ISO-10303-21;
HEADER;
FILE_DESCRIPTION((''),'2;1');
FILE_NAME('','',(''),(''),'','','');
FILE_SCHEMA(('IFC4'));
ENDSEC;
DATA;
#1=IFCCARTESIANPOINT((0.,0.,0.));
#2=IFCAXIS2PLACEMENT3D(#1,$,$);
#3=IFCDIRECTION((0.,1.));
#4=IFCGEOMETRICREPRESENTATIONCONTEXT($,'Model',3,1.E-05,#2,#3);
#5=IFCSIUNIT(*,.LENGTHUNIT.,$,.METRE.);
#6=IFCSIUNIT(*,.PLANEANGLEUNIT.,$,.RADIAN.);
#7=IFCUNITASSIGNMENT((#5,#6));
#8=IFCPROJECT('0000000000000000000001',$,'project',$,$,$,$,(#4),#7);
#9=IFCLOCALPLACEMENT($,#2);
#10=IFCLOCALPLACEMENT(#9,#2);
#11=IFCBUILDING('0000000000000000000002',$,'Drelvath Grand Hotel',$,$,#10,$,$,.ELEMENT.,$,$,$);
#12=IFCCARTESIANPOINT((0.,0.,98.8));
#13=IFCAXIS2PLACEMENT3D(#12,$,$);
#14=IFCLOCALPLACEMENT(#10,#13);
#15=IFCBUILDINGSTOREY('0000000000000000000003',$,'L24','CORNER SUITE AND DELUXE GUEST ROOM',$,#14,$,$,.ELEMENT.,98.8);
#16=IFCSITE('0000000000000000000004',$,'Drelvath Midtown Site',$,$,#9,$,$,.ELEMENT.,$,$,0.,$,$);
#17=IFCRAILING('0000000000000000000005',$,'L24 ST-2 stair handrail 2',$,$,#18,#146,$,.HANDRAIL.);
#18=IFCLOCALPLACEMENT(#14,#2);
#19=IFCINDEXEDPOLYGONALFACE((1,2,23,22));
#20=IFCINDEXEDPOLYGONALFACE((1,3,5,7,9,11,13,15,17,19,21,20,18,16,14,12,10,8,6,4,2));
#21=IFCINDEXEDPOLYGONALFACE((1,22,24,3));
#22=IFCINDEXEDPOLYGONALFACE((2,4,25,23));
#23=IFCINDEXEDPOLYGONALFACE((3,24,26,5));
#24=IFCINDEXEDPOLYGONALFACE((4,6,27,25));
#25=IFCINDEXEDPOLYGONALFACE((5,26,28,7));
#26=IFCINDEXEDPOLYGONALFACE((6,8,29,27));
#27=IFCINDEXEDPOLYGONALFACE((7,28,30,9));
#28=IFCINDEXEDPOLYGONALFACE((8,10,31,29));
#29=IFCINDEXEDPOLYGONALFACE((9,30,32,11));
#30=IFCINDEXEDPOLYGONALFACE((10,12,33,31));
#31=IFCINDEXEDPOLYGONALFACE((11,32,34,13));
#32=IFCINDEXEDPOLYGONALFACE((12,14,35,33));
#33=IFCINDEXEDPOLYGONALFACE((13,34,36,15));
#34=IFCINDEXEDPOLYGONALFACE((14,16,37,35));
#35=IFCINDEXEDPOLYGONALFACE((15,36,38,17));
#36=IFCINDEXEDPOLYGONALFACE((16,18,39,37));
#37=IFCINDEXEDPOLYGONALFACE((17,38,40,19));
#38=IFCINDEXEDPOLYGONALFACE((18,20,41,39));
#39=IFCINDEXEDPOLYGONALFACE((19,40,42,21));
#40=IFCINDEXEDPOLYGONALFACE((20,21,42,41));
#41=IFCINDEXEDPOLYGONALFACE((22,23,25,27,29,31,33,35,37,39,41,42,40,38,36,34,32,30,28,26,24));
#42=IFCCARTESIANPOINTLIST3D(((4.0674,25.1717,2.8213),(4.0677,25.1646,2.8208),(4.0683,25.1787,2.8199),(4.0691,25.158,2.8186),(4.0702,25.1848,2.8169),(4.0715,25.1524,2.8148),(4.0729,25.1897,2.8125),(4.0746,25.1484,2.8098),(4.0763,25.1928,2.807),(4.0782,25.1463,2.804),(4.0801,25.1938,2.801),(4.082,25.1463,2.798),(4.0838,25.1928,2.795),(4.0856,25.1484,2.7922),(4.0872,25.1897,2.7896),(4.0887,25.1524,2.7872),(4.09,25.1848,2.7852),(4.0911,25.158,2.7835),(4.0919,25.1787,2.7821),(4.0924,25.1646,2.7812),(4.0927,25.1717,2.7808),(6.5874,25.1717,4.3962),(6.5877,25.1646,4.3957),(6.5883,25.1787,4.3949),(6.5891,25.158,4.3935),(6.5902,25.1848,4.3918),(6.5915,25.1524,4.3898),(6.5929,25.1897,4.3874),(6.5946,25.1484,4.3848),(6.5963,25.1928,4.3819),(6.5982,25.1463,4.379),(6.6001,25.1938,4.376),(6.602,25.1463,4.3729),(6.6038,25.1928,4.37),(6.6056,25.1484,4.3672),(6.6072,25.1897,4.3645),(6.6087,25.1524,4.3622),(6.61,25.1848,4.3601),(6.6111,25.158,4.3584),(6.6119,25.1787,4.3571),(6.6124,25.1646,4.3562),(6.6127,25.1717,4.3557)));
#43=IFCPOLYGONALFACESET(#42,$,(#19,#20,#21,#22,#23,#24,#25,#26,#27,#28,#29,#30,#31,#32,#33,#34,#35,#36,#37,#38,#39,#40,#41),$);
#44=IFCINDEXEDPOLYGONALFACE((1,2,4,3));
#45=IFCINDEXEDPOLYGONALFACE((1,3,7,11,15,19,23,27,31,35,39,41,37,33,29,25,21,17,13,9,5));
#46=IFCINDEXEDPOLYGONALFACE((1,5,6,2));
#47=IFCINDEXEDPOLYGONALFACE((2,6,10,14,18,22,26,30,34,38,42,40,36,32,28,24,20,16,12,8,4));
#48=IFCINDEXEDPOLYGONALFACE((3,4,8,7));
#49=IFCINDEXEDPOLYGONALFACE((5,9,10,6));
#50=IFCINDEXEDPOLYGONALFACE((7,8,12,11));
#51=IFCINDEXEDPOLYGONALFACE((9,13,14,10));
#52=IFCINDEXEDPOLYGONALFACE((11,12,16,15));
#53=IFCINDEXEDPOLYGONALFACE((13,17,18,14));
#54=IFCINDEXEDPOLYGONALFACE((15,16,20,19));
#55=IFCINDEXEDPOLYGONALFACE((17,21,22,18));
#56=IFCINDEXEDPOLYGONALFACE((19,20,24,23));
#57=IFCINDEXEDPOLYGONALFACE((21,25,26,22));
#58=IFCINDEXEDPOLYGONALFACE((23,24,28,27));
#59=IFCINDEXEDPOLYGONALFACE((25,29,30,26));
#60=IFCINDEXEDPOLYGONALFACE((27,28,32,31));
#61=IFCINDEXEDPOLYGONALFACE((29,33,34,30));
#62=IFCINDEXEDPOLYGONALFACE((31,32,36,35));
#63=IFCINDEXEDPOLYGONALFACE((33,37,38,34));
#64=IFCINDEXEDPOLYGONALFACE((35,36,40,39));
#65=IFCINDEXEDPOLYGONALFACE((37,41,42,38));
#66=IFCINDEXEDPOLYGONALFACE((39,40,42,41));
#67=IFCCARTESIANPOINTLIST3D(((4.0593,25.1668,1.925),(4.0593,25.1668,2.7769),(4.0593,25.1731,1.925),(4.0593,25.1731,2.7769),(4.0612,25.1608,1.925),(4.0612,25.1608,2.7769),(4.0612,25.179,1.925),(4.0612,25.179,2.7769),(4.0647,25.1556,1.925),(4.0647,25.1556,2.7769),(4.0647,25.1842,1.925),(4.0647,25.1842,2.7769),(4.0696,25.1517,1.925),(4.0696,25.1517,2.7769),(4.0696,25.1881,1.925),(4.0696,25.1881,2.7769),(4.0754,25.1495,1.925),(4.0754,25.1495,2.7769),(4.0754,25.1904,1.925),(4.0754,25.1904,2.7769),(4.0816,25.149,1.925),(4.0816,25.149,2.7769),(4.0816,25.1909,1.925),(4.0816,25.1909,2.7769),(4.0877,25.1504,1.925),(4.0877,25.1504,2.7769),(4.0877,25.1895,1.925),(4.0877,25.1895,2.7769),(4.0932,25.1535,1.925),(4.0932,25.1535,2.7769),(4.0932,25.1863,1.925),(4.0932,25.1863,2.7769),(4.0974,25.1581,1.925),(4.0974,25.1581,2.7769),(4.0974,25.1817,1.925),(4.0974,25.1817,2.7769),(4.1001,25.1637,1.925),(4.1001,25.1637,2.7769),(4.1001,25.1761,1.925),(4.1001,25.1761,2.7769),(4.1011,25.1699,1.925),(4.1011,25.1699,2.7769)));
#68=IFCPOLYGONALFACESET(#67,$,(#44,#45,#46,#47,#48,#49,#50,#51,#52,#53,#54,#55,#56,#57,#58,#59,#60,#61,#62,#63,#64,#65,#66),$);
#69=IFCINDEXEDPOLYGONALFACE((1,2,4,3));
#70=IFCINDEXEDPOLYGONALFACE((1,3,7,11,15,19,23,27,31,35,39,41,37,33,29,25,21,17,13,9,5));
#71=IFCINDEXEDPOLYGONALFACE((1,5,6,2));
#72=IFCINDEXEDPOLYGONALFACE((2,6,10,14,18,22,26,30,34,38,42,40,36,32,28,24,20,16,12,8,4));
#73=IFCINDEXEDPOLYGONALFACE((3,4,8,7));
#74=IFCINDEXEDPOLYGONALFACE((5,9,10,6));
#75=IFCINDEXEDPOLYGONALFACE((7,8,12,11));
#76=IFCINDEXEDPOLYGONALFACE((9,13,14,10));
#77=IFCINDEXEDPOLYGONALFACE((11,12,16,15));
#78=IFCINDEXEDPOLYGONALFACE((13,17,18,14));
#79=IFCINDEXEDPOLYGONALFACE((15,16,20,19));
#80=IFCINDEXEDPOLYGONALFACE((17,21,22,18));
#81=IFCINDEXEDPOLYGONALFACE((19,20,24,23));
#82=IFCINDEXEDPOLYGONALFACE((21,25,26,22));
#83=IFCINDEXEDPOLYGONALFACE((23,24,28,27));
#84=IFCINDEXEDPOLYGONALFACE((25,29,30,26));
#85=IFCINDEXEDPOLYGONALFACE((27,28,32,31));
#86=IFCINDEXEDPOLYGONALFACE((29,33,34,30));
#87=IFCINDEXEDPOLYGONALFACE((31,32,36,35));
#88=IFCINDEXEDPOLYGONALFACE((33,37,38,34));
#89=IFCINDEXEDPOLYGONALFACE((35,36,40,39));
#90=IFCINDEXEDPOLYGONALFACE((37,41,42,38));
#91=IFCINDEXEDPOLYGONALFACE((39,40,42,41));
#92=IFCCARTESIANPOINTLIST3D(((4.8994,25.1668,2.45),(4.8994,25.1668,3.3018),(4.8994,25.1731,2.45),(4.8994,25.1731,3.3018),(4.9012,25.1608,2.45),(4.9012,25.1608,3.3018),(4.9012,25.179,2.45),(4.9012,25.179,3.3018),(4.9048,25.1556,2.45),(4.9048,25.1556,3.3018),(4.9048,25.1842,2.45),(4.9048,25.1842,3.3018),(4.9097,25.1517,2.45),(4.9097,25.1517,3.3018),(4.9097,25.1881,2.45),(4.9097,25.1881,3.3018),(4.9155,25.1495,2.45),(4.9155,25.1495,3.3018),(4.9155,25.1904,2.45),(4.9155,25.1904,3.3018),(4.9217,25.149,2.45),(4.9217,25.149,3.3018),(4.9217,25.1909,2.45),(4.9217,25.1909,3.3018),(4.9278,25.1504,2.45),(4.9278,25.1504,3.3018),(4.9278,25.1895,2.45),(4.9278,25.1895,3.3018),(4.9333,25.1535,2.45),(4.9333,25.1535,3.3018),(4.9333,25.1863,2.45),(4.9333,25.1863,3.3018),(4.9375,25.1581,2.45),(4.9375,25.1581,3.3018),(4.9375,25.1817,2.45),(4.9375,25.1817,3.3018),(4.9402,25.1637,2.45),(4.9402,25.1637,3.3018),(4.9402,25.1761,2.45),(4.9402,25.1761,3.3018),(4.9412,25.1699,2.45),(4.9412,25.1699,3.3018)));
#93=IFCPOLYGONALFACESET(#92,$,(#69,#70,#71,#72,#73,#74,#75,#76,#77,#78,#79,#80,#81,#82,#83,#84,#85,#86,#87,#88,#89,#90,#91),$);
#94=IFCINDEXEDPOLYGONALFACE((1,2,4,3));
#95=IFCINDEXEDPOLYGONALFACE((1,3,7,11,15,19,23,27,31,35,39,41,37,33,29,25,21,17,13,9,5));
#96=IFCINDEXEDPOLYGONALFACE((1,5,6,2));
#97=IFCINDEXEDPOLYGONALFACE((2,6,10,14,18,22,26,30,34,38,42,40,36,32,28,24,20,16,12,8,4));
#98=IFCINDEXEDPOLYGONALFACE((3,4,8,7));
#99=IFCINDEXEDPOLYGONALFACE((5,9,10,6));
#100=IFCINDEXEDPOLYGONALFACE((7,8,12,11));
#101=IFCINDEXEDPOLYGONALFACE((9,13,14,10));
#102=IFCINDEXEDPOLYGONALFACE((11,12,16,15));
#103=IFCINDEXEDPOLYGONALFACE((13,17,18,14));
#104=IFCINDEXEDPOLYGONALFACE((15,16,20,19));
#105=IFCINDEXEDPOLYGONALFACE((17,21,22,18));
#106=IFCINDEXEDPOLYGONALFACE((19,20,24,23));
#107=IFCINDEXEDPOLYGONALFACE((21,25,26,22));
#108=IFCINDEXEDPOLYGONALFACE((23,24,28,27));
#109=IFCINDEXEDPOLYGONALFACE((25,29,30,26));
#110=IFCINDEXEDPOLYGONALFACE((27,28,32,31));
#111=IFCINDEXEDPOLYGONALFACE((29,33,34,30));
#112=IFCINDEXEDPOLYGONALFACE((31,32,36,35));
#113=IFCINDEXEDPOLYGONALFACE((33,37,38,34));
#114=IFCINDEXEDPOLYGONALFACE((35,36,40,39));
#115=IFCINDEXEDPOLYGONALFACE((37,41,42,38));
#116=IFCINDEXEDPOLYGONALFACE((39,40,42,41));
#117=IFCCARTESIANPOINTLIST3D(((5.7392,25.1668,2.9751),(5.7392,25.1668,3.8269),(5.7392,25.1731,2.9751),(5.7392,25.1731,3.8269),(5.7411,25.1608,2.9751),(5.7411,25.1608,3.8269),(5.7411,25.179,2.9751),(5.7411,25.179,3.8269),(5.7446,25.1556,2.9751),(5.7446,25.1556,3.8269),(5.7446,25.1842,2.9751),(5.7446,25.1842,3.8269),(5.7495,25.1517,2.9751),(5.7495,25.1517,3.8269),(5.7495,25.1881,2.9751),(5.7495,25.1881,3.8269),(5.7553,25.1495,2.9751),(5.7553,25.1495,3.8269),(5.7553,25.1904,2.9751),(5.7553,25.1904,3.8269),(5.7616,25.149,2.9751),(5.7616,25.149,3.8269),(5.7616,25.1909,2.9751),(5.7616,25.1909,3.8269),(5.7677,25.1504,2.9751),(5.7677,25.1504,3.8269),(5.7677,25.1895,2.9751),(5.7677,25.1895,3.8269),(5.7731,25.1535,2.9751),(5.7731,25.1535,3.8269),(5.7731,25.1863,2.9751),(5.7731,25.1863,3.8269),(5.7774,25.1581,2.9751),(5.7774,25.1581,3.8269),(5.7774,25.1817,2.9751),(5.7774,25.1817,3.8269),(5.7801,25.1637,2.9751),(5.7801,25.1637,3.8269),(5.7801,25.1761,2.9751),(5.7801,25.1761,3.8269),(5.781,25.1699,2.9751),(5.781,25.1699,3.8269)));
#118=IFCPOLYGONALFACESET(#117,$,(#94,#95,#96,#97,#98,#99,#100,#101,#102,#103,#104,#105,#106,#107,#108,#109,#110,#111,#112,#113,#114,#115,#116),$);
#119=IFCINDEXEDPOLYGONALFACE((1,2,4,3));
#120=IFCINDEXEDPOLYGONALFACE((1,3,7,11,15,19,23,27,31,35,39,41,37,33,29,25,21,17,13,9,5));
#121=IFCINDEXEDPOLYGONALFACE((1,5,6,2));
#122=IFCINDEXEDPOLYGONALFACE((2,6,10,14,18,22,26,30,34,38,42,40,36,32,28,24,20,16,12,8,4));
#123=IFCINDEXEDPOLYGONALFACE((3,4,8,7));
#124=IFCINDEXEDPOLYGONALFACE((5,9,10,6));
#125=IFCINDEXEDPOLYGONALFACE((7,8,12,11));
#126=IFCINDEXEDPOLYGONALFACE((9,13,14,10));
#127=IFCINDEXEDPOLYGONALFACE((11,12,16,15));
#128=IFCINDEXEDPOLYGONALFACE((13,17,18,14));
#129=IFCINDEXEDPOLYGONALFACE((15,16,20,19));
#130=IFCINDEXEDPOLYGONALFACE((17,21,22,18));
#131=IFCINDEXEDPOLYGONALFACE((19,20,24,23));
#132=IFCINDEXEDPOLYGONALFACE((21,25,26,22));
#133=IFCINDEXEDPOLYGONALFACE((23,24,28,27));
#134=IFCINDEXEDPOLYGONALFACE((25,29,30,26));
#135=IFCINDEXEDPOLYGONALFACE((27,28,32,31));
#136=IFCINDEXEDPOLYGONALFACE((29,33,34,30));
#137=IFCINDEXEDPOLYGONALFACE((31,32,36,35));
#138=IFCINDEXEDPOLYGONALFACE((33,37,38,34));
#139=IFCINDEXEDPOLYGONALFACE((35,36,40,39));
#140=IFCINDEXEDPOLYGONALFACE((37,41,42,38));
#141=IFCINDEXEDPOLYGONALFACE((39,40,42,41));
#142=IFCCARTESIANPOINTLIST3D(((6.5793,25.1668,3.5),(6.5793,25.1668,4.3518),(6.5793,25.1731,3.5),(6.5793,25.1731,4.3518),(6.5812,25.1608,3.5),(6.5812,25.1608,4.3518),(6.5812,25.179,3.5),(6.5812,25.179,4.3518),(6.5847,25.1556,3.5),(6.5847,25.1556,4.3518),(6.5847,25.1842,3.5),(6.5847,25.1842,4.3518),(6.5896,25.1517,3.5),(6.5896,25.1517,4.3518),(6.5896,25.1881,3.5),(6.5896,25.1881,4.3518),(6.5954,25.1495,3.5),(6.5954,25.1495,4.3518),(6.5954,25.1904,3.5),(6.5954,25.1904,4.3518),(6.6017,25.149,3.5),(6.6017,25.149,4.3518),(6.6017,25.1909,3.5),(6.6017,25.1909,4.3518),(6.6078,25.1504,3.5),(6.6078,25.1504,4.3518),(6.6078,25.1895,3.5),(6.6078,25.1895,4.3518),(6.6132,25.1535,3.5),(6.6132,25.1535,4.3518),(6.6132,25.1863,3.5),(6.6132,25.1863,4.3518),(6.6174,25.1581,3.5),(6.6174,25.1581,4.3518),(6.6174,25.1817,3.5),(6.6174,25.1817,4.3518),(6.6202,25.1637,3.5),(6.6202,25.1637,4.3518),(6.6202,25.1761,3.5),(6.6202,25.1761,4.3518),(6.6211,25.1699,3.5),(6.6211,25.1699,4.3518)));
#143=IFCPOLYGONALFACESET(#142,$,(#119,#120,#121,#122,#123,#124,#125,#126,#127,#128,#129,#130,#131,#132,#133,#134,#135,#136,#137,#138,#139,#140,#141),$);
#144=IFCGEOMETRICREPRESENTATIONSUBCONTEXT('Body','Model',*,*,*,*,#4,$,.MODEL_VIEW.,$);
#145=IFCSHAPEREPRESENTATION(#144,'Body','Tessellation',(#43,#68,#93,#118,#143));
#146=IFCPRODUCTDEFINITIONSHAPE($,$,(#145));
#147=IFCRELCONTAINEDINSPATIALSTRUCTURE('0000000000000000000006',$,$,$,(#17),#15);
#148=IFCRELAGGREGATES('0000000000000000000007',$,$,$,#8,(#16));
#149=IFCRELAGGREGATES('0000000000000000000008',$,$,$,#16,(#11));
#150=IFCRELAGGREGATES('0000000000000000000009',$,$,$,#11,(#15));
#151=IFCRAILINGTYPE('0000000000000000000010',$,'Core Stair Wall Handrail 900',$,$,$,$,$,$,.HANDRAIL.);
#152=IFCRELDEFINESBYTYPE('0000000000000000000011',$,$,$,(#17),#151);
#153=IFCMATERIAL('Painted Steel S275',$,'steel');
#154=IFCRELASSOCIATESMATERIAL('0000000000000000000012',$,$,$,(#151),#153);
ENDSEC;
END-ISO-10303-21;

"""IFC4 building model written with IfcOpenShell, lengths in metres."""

from ifc_helpers import new_model, si_unit, direction, frame, origin, origin_2d, place, context, subcontext, project, spatial, circle, extrude, material, type_object, element, save


model = new_model("IFC4")

# Units and contexts
model_context = context("Model", 3, precision=1e-05, world=origin(), true_north=direction((0.0, 1.0)))
body_context = subcontext(model_context, "Body", "Model", "MODEL_VIEW")
ifc_project = project(units=[si_unit("LENGTHUNIT", "METRE"), si_unit("PLANEANGLEUNIT", "RADIAN")], contexts=[model_context])

# Site, building, storey
site_placement = place(None, origin())
site = spatial("IfcSite", under=ifc_project, at=site_placement, Name="Drelvath Midtown Site", CompositionType="ELEMENT", RefElevation=0.0)
building_placement = place(site_placement, origin())
building = spatial("IfcBuilding", under=site, at=building_placement, Name="Drelvath Grand Hotel", CompositionType="ELEMENT")
storey_placement = place(building_placement, frame((0.0, 0.0, 98.8)))
storey = spatial("IfcBuildingStorey", under=building, at=storey_placement, Name="L24", Description="CORNER SUITE AND DELUXE GUEST ROOM", CompositionType="ELEMENT", Elevation=98.8)

# Railing
ifc_material_1 = material(Name="Painted Steel S275", Category="steel")
railing_type_1 = type_object("IfcRailingType", Name="Core Stair Wall Handrail 900", PredefinedType="HANDRAIL", material=ifc_material_1)
railing_1_placement = place(storey_placement, frame((4.0801, 25.1699, 1.925)))
element("IfcRailing", 1, at=railing_1_placement, inside=storey, type_object=railing_type_1, Name="L24 ST-2 stair handrail 2", PredefinedType="HANDRAIL", context=body_context, shape_type="SweptSolid", body=[
    extrude(circle(Radius=0.0239, at=origin_2d()), frame((0.0, 0.0, 0.876), z_axis=(0.848008, 0.0, 0.529984), x_axis=(0.0, 1.0, 0.0)), (0.0, 0.0, 1.0), 2.9717),
    extrude(circle(Radius=0.021, at=origin_2d()), origin(), (0.0, 0.0, 1.0), 0.8518),
    extrude(circle(Radius=0.021, at=origin_2d()), frame((0.8401, 0.0, 0.5249)), (0.0, 0.0, 1.0), 0.8518),
    extrude(circle(Radius=0.021, at=origin_2d()), frame((1.6799, 0.0, 1.05)), (0.0, 0.0, 1.0), 0.8518),
    extrude(circle(Radius=0.021, at=origin_2d()), frame((2.52, 0.0, 1.575)), (0.0, 0.0, 1.0), 0.8518),
])

save(model, "model.ifc")
